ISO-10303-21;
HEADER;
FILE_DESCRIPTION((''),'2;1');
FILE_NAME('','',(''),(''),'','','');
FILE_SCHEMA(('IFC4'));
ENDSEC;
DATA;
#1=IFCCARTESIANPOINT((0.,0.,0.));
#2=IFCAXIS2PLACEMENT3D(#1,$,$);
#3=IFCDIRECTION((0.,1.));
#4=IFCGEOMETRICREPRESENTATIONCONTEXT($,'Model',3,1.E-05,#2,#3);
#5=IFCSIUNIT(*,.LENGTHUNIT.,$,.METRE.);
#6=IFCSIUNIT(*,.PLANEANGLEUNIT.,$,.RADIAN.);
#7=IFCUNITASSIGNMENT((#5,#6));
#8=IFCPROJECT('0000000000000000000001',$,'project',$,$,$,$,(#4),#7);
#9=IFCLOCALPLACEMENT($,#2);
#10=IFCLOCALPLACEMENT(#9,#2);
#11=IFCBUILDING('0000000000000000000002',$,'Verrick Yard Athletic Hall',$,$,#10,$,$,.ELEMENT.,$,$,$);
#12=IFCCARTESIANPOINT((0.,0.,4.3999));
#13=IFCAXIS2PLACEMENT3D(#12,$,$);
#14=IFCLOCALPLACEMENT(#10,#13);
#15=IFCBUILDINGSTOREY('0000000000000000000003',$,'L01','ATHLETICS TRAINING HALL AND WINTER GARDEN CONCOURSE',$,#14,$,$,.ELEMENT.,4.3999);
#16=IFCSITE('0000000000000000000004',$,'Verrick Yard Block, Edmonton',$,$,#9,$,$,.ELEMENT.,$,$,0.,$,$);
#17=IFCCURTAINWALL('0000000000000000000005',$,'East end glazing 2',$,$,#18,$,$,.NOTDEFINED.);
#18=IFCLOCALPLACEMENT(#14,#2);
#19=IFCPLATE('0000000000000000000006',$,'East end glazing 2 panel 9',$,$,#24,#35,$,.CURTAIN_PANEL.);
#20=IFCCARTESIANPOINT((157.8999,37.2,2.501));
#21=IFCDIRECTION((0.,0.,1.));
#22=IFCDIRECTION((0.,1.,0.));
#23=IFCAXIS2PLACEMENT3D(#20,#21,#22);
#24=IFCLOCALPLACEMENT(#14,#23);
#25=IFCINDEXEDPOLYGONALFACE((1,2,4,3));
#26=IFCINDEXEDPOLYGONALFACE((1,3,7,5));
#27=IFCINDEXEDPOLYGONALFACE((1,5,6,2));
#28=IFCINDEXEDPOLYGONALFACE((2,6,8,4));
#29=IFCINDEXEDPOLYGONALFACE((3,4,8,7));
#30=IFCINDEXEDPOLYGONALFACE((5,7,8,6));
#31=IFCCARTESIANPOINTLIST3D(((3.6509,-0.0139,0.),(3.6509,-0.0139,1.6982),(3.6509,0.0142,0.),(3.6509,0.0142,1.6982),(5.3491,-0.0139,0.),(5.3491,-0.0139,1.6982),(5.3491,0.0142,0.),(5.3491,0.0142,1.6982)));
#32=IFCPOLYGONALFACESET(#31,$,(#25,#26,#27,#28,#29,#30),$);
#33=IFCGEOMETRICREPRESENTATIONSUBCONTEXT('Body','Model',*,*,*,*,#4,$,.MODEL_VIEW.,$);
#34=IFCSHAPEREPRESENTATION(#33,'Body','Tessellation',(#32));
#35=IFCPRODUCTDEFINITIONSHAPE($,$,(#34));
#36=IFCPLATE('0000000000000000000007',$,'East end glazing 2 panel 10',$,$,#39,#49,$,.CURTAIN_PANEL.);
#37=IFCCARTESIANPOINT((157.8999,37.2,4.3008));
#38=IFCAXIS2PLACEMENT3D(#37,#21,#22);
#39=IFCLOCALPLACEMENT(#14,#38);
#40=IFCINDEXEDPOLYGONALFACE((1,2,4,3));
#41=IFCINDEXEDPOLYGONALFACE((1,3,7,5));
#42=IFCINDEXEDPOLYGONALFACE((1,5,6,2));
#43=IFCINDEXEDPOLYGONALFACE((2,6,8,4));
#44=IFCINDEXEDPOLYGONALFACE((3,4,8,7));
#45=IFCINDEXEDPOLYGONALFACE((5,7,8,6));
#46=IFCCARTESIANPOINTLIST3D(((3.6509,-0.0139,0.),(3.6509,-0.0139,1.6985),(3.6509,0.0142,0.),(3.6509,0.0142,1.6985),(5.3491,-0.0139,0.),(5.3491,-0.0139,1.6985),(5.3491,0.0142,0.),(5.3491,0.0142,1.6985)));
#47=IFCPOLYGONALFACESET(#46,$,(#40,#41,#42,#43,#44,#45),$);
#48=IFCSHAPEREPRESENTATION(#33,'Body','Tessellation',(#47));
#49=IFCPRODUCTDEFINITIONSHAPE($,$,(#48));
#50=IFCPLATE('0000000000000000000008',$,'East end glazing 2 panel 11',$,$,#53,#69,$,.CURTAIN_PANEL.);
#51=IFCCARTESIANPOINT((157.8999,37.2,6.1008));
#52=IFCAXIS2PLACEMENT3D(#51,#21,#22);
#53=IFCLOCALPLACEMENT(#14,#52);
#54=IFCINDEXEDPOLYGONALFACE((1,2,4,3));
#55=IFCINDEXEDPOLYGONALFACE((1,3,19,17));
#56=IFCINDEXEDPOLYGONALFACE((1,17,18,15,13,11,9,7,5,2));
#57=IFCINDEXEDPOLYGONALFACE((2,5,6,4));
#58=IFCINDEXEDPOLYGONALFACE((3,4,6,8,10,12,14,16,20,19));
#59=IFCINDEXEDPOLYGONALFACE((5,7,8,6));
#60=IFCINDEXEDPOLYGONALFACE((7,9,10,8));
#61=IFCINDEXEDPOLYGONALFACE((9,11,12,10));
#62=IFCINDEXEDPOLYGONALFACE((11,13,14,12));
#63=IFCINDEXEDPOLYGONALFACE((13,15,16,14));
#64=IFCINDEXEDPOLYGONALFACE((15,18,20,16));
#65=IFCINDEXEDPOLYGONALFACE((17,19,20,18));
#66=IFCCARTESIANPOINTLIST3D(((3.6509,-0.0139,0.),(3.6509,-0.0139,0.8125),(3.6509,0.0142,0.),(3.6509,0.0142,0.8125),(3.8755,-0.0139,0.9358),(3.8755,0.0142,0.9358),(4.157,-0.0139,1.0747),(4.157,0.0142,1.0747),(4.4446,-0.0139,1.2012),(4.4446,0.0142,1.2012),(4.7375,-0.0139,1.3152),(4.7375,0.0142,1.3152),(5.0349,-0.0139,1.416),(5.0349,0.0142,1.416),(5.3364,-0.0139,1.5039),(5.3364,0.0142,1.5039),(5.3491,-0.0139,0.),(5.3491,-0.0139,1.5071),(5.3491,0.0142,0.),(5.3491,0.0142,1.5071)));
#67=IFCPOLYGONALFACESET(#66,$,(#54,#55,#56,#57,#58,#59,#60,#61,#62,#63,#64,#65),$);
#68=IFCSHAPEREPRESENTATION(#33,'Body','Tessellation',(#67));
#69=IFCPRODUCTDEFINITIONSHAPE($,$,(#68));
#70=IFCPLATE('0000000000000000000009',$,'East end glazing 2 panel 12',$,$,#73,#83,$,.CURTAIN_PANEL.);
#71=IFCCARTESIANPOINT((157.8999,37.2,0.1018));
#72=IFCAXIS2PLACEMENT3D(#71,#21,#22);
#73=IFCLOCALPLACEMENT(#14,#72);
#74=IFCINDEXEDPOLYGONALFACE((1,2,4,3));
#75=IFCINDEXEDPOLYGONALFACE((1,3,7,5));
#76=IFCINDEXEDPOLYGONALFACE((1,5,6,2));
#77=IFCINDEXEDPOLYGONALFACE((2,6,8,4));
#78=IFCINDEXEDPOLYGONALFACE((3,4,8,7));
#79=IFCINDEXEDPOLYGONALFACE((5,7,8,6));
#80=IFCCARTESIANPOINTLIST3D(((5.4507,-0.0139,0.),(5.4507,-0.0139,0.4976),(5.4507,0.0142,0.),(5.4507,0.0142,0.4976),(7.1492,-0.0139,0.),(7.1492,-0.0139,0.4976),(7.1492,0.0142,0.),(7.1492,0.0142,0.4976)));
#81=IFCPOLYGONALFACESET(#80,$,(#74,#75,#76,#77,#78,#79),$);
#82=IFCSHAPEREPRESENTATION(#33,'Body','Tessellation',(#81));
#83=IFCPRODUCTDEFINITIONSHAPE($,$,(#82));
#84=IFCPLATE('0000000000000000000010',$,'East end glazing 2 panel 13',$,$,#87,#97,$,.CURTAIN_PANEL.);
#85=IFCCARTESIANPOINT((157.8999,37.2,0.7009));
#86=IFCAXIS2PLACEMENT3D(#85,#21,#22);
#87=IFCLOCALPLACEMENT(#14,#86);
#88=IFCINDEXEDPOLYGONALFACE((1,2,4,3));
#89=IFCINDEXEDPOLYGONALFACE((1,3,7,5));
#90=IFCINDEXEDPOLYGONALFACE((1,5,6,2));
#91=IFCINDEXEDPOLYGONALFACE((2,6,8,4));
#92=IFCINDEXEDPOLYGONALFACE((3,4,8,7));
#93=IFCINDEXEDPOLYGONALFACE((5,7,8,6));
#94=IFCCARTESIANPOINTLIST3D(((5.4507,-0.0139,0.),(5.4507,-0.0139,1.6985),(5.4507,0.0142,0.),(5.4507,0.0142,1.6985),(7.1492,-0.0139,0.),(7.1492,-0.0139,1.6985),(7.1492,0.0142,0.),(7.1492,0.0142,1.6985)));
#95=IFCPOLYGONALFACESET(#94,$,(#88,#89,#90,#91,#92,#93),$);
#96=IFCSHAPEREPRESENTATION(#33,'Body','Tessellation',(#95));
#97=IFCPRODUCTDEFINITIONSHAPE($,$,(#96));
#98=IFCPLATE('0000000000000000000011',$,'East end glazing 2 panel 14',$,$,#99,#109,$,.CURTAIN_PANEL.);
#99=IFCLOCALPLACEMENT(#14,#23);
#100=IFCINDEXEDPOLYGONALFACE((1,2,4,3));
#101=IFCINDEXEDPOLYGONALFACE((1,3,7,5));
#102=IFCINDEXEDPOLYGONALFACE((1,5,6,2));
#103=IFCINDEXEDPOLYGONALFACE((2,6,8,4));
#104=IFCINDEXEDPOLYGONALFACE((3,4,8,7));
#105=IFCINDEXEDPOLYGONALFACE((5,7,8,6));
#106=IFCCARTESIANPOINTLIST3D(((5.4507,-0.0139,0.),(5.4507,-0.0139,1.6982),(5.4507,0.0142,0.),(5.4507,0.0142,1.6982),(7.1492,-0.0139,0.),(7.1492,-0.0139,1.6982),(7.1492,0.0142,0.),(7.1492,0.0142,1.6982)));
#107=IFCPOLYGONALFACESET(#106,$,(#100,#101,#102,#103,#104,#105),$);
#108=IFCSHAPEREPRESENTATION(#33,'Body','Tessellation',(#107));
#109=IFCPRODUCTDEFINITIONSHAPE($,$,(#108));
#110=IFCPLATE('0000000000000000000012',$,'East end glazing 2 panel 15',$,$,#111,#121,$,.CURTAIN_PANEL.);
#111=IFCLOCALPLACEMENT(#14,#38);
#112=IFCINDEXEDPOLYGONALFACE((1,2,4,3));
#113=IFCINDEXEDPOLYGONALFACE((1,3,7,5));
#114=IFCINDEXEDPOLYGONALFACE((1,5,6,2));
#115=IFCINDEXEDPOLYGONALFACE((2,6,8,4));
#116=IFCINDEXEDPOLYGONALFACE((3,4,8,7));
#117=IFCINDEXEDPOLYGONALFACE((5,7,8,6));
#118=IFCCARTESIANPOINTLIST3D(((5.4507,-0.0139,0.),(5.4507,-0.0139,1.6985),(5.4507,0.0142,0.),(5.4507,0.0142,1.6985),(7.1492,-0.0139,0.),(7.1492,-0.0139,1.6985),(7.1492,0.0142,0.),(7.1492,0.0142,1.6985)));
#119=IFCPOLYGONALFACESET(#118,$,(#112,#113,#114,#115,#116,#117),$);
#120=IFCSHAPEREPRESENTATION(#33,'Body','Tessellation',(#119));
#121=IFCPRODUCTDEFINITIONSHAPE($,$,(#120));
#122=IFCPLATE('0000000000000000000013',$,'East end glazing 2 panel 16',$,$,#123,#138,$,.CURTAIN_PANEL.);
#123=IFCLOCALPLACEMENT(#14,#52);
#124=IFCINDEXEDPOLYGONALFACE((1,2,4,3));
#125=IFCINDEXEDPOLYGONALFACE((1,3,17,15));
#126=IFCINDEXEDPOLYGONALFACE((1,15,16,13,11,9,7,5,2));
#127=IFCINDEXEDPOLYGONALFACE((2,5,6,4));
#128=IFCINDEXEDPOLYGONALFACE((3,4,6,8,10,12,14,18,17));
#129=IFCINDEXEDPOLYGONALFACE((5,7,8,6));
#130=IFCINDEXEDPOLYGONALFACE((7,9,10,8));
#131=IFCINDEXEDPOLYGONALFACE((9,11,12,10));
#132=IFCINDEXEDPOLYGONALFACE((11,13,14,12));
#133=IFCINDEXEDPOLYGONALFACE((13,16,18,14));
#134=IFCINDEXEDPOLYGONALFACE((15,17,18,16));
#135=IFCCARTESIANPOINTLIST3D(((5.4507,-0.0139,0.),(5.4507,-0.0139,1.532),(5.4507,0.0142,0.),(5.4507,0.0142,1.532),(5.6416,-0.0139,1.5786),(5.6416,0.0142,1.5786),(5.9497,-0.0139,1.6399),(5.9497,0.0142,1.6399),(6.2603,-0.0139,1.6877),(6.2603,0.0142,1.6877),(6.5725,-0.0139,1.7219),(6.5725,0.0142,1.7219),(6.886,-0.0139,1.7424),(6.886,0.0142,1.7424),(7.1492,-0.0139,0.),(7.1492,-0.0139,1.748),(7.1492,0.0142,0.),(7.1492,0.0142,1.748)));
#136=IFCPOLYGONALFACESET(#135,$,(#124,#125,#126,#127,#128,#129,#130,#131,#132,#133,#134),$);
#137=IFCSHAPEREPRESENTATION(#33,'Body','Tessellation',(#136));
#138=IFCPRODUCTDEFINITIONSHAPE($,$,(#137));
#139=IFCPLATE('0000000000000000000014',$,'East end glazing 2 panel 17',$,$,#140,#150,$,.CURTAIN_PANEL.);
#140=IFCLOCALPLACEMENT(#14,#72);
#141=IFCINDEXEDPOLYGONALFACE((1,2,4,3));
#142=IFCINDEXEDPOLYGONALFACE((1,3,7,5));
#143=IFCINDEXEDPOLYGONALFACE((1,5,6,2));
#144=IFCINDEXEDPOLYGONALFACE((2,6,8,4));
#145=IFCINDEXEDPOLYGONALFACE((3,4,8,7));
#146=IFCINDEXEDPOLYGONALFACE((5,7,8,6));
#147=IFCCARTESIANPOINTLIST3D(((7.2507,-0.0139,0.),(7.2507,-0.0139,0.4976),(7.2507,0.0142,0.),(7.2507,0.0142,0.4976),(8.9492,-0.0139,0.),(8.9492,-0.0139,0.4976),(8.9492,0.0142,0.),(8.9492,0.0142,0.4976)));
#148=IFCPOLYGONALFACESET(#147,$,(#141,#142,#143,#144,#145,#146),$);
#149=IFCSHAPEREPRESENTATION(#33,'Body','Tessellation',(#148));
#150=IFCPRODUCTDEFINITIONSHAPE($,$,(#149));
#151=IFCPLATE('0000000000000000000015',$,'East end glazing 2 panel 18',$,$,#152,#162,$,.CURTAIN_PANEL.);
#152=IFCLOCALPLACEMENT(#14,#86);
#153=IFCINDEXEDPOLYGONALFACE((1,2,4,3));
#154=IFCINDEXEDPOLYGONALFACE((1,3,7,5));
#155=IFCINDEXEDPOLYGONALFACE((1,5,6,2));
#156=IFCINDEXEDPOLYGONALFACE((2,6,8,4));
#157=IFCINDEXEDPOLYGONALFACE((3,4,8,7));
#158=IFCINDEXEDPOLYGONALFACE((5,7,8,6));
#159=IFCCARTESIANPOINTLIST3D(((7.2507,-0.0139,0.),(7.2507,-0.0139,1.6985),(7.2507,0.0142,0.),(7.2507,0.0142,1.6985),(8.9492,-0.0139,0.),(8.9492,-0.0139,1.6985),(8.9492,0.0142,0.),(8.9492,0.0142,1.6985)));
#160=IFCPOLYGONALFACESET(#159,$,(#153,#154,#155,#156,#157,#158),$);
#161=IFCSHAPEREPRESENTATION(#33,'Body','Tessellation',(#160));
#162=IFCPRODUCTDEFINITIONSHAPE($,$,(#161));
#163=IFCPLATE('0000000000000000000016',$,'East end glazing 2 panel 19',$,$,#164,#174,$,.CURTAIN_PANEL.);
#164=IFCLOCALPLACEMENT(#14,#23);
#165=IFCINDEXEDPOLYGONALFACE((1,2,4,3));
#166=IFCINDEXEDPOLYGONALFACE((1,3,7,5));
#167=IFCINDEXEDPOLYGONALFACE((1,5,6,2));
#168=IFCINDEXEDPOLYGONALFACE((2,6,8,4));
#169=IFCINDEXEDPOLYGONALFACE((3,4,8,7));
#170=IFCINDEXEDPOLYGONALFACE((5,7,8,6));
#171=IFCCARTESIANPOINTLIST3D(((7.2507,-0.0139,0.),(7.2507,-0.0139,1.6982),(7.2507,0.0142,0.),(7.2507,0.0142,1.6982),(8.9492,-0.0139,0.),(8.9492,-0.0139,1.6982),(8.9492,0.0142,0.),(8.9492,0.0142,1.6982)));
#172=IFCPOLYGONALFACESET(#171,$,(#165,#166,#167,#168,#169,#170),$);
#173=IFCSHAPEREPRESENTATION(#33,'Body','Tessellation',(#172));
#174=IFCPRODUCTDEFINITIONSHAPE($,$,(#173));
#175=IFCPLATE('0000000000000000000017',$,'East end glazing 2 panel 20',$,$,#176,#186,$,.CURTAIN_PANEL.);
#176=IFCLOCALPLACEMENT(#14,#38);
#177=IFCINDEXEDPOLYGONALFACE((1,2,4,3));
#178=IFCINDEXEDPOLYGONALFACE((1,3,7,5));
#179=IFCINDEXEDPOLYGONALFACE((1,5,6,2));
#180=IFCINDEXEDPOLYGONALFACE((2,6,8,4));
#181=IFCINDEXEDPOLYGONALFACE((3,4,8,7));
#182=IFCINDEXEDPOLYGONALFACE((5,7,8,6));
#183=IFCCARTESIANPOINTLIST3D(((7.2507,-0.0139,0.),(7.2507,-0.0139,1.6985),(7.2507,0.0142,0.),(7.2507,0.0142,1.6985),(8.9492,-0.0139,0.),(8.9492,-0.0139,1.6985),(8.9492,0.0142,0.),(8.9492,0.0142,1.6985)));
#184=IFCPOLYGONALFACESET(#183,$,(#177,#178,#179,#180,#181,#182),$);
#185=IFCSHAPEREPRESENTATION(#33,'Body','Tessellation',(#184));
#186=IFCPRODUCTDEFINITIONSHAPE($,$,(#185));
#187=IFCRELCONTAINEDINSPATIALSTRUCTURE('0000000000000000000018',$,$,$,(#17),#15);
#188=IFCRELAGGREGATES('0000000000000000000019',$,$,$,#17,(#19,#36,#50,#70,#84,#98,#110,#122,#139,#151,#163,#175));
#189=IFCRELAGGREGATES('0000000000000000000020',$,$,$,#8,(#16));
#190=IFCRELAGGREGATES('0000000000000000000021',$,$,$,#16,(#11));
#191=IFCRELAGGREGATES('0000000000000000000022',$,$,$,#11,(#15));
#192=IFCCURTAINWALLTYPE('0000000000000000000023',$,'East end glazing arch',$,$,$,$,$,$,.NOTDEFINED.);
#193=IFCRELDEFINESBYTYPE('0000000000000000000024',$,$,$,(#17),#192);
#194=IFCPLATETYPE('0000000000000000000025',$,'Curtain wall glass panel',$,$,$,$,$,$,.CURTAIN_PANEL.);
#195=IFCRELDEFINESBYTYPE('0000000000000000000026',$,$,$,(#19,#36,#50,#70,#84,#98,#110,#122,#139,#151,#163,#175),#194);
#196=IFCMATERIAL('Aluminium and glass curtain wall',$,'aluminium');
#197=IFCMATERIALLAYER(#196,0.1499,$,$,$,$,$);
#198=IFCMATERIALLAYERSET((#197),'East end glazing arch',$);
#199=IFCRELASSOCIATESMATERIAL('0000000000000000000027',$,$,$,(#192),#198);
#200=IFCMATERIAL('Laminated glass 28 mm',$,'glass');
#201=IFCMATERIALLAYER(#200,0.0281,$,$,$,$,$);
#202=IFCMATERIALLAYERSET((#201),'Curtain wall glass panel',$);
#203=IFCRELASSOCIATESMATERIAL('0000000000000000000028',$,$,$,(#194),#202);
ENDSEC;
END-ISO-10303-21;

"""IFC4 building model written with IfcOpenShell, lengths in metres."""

from ifc_helpers import new_model, si_unit, direction, frame, origin, place, context, subcontext, project, spatial, polyline, outline, extrude, material, layer, layer_set, type_object, element, aggregate, save


model = new_model("IFC4")

# Units and contexts
model_context = context("Model", 3, precision=1e-05, world=origin(), true_north=direction((0.0, 1.0)))
body_context = subcontext(model_context, "Body", "Model", "MODEL_VIEW")
ifc_project = project(units=[si_unit("LENGTHUNIT", "METRE"), si_unit("PLANEANGLEUNIT", "RADIAN")], contexts=[model_context])

# Site, building, storey
site_placement = place(None, origin())
site = spatial("IfcSite", under=ifc_project, at=site_placement, Name="Verrick Yard Block, Edmonton", CompositionType="ELEMENT", RefElevation=0.0)
building_placement = place(site_placement, origin())
building = spatial("IfcBuilding", under=site, at=building_placement, Name="Verrick Yard Athletic Hall", CompositionType="ELEMENT")
storey_placement = place(building_placement, frame((0.0, 0.0, 4.3999)))
storey = spatial("IfcBuildingStorey", under=building, at=storey_placement, Name="L01", Description="ATHLETICS TRAINING HALL AND WINTER GARDEN CONCOURSE", CompositionType="ELEMENT", Elevation=4.3999)

# Curtain wall, plates
ifc_material_1 = material(Name="Aluminium and glass curtain wall", Category="aluminium")
ifc_layer_1 = layer(ifc_material_1, 0.1499)
ifc_layer_set_1 = layer_set([ifc_layer_1], Name="East end glazing arch")
curtain_wall_type = type_object("IfcCurtainWallType", Name="East end glazing arch", PredefinedType="NOTDEFINED", material=ifc_layer_set_1)
curtain_wall_placement = place(storey_placement, origin())
curtain_wall = element("IfcCurtainWall", 1, at=curtain_wall_placement, inside=storey, type_object=curtain_wall_type, Name="East end glazing 2", PredefinedType="NOTDEFINED")
ifc_material_2 = material(Name="Laminated glass 28 mm", Category="glass")
ifc_layer_2 = layer(ifc_material_2, 0.0281)
ifc_layer_set_2 = layer_set([ifc_layer_2], Name="Curtain wall glass panel")
plate_type = type_object("IfcPlateType", Name="Curtain wall glass panel", PredefinedType="CURTAIN_PANEL", material=ifc_layer_set_2)
plate_1_placement = place(storey_placement, frame((157.8999, 37.2, 2.501), z_axis=(0.0, 0.0, 1.0), x_axis=(0.0, 1.0, 0.0)))
plate_1 = element("IfcPlate", 2, at=plate_1_placement, type_object=plate_type, Name="East end glazing 2 panel 9", PredefinedType="CURTAIN_PANEL", context=body_context, shape_type="SweptSolid", body=[
    extrude(outline(polyline([(5.3491, 0.0), (5.3491, 1.6982), (3.6509, 1.6982), (3.6509, 0.0), (5.3491, 0.0)])), frame((0.0, 0.0142, 0.0), z_axis=(0.0, -1.0, 0.0), x_axis=(1.0, 0.0, 0.0)), (0.0, 0.0, 1.0), 0.0281),
])
plate_2_placement = place(storey_placement, frame((157.8999, 37.2, 4.3008), z_axis=(0.0, 0.0, 1.0), x_axis=(0.0, 1.0, 0.0)))
plate_2 = element("IfcPlate", 3, at=plate_2_placement, type_object=plate_type, Name="East end glazing 2 panel 10", PredefinedType="CURTAIN_PANEL", context=body_context, shape_type="SweptSolid", body=[
    extrude(outline(polyline([(5.3491, 0.0), (5.3491, 1.6985), (3.6509, 1.6985), (3.6509, 0.0), (5.3491, 0.0)])), frame((0.0, 0.0142, 0.0), z_axis=(0.0, -1.0, 0.0), x_axis=(1.0, 0.0, 0.0)), (0.0, 0.0, 1.0), 0.0281),
])
plate_3_placement = place(storey_placement, frame((157.8999, 37.2, 6.1008), z_axis=(0.0, 0.0, 1.0), x_axis=(0.0, 1.0, 0.0)))
plate_3 = element("IfcPlate", 4, at=plate_3_placement, type_object=plate_type, Name="East end glazing 2 panel 11", PredefinedType="CURTAIN_PANEL", context=body_context, shape_type="SweptSolid", body=[
    extrude(outline(polyline([(5.3491, 1.5071), (5.3364, 1.5039), (5.0349, 1.416), (4.7375, 1.3152), (4.4446, 1.2012), (4.157, 1.0747), (3.8755, 0.9358), (3.6509, 0.8125), (3.6509, 0.0), (5.3491, 0.0), (5.3491, 1.5071)])), frame((0.0, 0.0142, 0.0), z_axis=(0.0, -1.0, 0.0), x_axis=(1.0, 0.0, 0.0)), (0.0, 0.0, 1.0), 0.0281),
])
plate_4_placement = place(storey_placement, frame((157.8999, 37.2, 0.1018), z_axis=(0.0, 0.0, 1.0), x_axis=(0.0, 1.0, 0.0)))
plate_4 = element("IfcPlate", 5, at=plate_4_placement, type_object=plate_type, Name="East end glazing 2 panel 12", PredefinedType="CURTAIN_PANEL", context=body_context, shape_type="SweptSolid", body=[
    extrude(outline(polyline([(7.1492, 0.0), (7.1492, 0.4976), (5.4507, 0.4976), (5.4507, 0.0), (7.1492, 0.0)])), frame((0.0, 0.0142, 0.0), z_axis=(0.0, -1.0, 0.0), x_axis=(1.0, 0.0, 0.0)), (0.0, 0.0, 1.0), 0.0281),
])
plate_5_placement = place(storey_placement, frame((157.8999, 37.2, 0.7009), z_axis=(0.0, 0.0, 1.0), x_axis=(0.0, 1.0, 0.0)))
plate_5 = element("IfcPlate", 6, at=plate_5_placement, type_object=plate_type, Name="East end glazing 2 panel 13", PredefinedType="CURTAIN_PANEL", context=body_context, shape_type="SweptSolid", body=[
    extrude(outline(polyline([(7.1492, 0.0), (7.1492, 1.6985), (5.4507, 1.6985), (5.4507, 0.0), (7.1492, 0.0)])), frame((0.0, 0.0142, 0.0), z_axis=(0.0, -1.0, 0.0), x_axis=(1.0, 0.0, 0.0)), (0.0, 0.0, 1.0), 0.0281),
])
plate_6_placement = place(storey_placement, frame((157.8999, 37.2, 2.501), z_axis=(0.0, 0.0, 1.0), x_axis=(0.0, 1.0, 0.0)))
plate_6 = element("IfcPlate", 7, at=plate_6_placement, type_object=plate_type, Name="East end glazing 2 panel 14", PredefinedType="CURTAIN_PANEL", context=body_context, shape_type="SweptSolid", body=[
    extrude(outline(polyline([(7.1492, 0.0), (7.1492, 1.6982), (5.4507, 1.6982), (5.4507, 0.0), (7.1492, 0.0)])), frame((0.0, 0.0142, 0.0), z_axis=(0.0, -1.0, 0.0), x_axis=(1.0, 0.0, 0.0)), (0.0, 0.0, 1.0), 0.0281),
])
plate_7_placement = place(storey_placement, frame((157.8999, 37.2, 4.3008), z_axis=(0.0, 0.0, 1.0), x_axis=(0.0, 1.0, 0.0)))
plate_7 = element("IfcPlate", 8, at=plate_7_placement, type_object=plate_type, Name="East end glazing 2 panel 15", PredefinedType="CURTAIN_PANEL", context=body_context, shape_type="SweptSolid", body=[
    extrude(outline(polyline([(7.1492, 0.0), (7.1492, 1.6985), (5.4507, 1.6985), (5.4507, 0.0), (7.1492, 0.0)])), frame((0.0, 0.0142, 0.0), z_axis=(0.0, -1.0, 0.0), x_axis=(1.0, 0.0, 0.0)), (0.0, 0.0, 1.0), 0.0281),
])
plate_8_placement = place(storey_placement, frame((157.8999, 37.2, 6.1008), z_axis=(0.0, 0.0, 1.0), x_axis=(0.0, 1.0, 0.0)))
plate_8 = element("IfcPlate", 9, at=plate_8_placement, type_object=plate_type, Name="East end glazing 2 panel 16", PredefinedType="CURTAIN_PANEL", context=body_context, shape_type="SweptSolid", body=[
    extrude(outline(polyline([(7.1492, 1.748), (6.886, 1.7424), (6.5725, 1.7219), (6.2603, 1.6877), (5.9497, 1.6399), (5.6416, 1.5786), (5.4507, 1.532), (5.4507, 0.0), (7.1492, 0.0), (7.1492, 1.748)])), frame((0.0, 0.0142, 0.0), z_axis=(0.0, -1.0, 0.0), x_axis=(1.0, 0.0, 0.0)), (0.0, 0.0, 1.0), 0.0281),
])
plate_9_placement = place(storey_placement, frame((157.8999, 37.2, 0.1018), z_axis=(0.0, 0.0, 1.0), x_axis=(0.0, 1.0, 0.0)))
plate_9 = element("IfcPlate", 10, at=plate_9_placement, type_object=plate_type, Name="East end glazing 2 panel 17", PredefinedType="CURTAIN_PANEL", context=body_context, shape_type="SweptSolid", body=[
    extrude(outline(polyline([(8.9492, 0.0), (8.9492, 0.4976), (7.2507, 0.4976), (7.2507, 0.0), (8.9492, 0.0)])), frame((0.0, 0.0142, 0.0), z_axis=(0.0, -1.0, 0.0), x_axis=(1.0, 0.0, 0.0)), (0.0, 0.0, 1.0), 0.0281),
])
plate_10_placement = place(storey_placement, frame((157.8999, 37.2, 0.7009), z_axis=(0.0, 0.0, 1.0), x_axis=(0.0, 1.0, 0.0)))
plate_10 = element("IfcPlate", 11, at=plate_10_placement, type_object=plate_type, Name="East end glazing 2 panel 18", PredefinedType="CURTAIN_PANEL", context=body_context, shape_type="SweptSolid", body=[
    extrude(outline(polyline([(8.9492, 0.0), (8.9492, 1.6985), (7.2507, 1.6985), (7.2507, 0.0), (8.9492, 0.0)])), frame((0.0, 0.0142, 0.0), z_axis=(0.0, -1.0, 0.0), x_axis=(1.0, 0.0, 0.0)), (0.0, 0.0, 1.0), 0.0281),
])
plate_11_placement = place(storey_placement, frame((157.8999, 37.2, 2.501), z_axis=(0.0, 0.0, 1.0), x_axis=(0.0, 1.0, 0.0)))
plate_11 = element("IfcPlate", 12, at=plate_11_placement, type_object=plate_type, Name="East end glazing 2 panel 19", PredefinedType="CURTAIN_PANEL", context=body_context, shape_type="SweptSolid", body=[
    extrude(outline(polyline([(8.9492, 0.0), (8.9492, 1.6982), (7.2507, 1.6982), (7.2507, 0.0), (8.9492, 0.0)])), frame((0.0, 0.0142, 0.0), z_axis=(0.0, -1.0, 0.0), x_axis=(1.0, 0.0, 0.0)), (0.0, 0.0, 1.0), 0.0281),
])
plate_12_placement = place(storey_placement, frame((157.8999, 37.2, 4.3008), z_axis=(0.0, 0.0, 1.0), x_axis=(0.0, 1.0, 0.0)))
plate_12 = element("IfcPlate", 13, at=plate_12_placement, type_object=plate_type, Name="East end glazing 2 panel 20", PredefinedType="CURTAIN_PANEL", context=body_context, shape_type="SweptSolid", body=[
    extrude(outline(polyline([(8.9492, 0.0), (8.9492, 1.6985), (7.2507, 1.6985), (7.2507, 0.0), (8.9492, 0.0)])), frame((0.0, 0.0142, 0.0), z_axis=(0.0, -1.0, 0.0), x_axis=(1.0, 0.0, 0.0)), (0.0, 0.0, 1.0), 0.0281),
])
aggregate(curtain_wall, [plate_1, plate_2, plate_3, plate_4, plate_5, plate_6, plate_7, plate_8, plate_9, plate_10, plate_11, plate_12])

save(model, "model.ifc")
